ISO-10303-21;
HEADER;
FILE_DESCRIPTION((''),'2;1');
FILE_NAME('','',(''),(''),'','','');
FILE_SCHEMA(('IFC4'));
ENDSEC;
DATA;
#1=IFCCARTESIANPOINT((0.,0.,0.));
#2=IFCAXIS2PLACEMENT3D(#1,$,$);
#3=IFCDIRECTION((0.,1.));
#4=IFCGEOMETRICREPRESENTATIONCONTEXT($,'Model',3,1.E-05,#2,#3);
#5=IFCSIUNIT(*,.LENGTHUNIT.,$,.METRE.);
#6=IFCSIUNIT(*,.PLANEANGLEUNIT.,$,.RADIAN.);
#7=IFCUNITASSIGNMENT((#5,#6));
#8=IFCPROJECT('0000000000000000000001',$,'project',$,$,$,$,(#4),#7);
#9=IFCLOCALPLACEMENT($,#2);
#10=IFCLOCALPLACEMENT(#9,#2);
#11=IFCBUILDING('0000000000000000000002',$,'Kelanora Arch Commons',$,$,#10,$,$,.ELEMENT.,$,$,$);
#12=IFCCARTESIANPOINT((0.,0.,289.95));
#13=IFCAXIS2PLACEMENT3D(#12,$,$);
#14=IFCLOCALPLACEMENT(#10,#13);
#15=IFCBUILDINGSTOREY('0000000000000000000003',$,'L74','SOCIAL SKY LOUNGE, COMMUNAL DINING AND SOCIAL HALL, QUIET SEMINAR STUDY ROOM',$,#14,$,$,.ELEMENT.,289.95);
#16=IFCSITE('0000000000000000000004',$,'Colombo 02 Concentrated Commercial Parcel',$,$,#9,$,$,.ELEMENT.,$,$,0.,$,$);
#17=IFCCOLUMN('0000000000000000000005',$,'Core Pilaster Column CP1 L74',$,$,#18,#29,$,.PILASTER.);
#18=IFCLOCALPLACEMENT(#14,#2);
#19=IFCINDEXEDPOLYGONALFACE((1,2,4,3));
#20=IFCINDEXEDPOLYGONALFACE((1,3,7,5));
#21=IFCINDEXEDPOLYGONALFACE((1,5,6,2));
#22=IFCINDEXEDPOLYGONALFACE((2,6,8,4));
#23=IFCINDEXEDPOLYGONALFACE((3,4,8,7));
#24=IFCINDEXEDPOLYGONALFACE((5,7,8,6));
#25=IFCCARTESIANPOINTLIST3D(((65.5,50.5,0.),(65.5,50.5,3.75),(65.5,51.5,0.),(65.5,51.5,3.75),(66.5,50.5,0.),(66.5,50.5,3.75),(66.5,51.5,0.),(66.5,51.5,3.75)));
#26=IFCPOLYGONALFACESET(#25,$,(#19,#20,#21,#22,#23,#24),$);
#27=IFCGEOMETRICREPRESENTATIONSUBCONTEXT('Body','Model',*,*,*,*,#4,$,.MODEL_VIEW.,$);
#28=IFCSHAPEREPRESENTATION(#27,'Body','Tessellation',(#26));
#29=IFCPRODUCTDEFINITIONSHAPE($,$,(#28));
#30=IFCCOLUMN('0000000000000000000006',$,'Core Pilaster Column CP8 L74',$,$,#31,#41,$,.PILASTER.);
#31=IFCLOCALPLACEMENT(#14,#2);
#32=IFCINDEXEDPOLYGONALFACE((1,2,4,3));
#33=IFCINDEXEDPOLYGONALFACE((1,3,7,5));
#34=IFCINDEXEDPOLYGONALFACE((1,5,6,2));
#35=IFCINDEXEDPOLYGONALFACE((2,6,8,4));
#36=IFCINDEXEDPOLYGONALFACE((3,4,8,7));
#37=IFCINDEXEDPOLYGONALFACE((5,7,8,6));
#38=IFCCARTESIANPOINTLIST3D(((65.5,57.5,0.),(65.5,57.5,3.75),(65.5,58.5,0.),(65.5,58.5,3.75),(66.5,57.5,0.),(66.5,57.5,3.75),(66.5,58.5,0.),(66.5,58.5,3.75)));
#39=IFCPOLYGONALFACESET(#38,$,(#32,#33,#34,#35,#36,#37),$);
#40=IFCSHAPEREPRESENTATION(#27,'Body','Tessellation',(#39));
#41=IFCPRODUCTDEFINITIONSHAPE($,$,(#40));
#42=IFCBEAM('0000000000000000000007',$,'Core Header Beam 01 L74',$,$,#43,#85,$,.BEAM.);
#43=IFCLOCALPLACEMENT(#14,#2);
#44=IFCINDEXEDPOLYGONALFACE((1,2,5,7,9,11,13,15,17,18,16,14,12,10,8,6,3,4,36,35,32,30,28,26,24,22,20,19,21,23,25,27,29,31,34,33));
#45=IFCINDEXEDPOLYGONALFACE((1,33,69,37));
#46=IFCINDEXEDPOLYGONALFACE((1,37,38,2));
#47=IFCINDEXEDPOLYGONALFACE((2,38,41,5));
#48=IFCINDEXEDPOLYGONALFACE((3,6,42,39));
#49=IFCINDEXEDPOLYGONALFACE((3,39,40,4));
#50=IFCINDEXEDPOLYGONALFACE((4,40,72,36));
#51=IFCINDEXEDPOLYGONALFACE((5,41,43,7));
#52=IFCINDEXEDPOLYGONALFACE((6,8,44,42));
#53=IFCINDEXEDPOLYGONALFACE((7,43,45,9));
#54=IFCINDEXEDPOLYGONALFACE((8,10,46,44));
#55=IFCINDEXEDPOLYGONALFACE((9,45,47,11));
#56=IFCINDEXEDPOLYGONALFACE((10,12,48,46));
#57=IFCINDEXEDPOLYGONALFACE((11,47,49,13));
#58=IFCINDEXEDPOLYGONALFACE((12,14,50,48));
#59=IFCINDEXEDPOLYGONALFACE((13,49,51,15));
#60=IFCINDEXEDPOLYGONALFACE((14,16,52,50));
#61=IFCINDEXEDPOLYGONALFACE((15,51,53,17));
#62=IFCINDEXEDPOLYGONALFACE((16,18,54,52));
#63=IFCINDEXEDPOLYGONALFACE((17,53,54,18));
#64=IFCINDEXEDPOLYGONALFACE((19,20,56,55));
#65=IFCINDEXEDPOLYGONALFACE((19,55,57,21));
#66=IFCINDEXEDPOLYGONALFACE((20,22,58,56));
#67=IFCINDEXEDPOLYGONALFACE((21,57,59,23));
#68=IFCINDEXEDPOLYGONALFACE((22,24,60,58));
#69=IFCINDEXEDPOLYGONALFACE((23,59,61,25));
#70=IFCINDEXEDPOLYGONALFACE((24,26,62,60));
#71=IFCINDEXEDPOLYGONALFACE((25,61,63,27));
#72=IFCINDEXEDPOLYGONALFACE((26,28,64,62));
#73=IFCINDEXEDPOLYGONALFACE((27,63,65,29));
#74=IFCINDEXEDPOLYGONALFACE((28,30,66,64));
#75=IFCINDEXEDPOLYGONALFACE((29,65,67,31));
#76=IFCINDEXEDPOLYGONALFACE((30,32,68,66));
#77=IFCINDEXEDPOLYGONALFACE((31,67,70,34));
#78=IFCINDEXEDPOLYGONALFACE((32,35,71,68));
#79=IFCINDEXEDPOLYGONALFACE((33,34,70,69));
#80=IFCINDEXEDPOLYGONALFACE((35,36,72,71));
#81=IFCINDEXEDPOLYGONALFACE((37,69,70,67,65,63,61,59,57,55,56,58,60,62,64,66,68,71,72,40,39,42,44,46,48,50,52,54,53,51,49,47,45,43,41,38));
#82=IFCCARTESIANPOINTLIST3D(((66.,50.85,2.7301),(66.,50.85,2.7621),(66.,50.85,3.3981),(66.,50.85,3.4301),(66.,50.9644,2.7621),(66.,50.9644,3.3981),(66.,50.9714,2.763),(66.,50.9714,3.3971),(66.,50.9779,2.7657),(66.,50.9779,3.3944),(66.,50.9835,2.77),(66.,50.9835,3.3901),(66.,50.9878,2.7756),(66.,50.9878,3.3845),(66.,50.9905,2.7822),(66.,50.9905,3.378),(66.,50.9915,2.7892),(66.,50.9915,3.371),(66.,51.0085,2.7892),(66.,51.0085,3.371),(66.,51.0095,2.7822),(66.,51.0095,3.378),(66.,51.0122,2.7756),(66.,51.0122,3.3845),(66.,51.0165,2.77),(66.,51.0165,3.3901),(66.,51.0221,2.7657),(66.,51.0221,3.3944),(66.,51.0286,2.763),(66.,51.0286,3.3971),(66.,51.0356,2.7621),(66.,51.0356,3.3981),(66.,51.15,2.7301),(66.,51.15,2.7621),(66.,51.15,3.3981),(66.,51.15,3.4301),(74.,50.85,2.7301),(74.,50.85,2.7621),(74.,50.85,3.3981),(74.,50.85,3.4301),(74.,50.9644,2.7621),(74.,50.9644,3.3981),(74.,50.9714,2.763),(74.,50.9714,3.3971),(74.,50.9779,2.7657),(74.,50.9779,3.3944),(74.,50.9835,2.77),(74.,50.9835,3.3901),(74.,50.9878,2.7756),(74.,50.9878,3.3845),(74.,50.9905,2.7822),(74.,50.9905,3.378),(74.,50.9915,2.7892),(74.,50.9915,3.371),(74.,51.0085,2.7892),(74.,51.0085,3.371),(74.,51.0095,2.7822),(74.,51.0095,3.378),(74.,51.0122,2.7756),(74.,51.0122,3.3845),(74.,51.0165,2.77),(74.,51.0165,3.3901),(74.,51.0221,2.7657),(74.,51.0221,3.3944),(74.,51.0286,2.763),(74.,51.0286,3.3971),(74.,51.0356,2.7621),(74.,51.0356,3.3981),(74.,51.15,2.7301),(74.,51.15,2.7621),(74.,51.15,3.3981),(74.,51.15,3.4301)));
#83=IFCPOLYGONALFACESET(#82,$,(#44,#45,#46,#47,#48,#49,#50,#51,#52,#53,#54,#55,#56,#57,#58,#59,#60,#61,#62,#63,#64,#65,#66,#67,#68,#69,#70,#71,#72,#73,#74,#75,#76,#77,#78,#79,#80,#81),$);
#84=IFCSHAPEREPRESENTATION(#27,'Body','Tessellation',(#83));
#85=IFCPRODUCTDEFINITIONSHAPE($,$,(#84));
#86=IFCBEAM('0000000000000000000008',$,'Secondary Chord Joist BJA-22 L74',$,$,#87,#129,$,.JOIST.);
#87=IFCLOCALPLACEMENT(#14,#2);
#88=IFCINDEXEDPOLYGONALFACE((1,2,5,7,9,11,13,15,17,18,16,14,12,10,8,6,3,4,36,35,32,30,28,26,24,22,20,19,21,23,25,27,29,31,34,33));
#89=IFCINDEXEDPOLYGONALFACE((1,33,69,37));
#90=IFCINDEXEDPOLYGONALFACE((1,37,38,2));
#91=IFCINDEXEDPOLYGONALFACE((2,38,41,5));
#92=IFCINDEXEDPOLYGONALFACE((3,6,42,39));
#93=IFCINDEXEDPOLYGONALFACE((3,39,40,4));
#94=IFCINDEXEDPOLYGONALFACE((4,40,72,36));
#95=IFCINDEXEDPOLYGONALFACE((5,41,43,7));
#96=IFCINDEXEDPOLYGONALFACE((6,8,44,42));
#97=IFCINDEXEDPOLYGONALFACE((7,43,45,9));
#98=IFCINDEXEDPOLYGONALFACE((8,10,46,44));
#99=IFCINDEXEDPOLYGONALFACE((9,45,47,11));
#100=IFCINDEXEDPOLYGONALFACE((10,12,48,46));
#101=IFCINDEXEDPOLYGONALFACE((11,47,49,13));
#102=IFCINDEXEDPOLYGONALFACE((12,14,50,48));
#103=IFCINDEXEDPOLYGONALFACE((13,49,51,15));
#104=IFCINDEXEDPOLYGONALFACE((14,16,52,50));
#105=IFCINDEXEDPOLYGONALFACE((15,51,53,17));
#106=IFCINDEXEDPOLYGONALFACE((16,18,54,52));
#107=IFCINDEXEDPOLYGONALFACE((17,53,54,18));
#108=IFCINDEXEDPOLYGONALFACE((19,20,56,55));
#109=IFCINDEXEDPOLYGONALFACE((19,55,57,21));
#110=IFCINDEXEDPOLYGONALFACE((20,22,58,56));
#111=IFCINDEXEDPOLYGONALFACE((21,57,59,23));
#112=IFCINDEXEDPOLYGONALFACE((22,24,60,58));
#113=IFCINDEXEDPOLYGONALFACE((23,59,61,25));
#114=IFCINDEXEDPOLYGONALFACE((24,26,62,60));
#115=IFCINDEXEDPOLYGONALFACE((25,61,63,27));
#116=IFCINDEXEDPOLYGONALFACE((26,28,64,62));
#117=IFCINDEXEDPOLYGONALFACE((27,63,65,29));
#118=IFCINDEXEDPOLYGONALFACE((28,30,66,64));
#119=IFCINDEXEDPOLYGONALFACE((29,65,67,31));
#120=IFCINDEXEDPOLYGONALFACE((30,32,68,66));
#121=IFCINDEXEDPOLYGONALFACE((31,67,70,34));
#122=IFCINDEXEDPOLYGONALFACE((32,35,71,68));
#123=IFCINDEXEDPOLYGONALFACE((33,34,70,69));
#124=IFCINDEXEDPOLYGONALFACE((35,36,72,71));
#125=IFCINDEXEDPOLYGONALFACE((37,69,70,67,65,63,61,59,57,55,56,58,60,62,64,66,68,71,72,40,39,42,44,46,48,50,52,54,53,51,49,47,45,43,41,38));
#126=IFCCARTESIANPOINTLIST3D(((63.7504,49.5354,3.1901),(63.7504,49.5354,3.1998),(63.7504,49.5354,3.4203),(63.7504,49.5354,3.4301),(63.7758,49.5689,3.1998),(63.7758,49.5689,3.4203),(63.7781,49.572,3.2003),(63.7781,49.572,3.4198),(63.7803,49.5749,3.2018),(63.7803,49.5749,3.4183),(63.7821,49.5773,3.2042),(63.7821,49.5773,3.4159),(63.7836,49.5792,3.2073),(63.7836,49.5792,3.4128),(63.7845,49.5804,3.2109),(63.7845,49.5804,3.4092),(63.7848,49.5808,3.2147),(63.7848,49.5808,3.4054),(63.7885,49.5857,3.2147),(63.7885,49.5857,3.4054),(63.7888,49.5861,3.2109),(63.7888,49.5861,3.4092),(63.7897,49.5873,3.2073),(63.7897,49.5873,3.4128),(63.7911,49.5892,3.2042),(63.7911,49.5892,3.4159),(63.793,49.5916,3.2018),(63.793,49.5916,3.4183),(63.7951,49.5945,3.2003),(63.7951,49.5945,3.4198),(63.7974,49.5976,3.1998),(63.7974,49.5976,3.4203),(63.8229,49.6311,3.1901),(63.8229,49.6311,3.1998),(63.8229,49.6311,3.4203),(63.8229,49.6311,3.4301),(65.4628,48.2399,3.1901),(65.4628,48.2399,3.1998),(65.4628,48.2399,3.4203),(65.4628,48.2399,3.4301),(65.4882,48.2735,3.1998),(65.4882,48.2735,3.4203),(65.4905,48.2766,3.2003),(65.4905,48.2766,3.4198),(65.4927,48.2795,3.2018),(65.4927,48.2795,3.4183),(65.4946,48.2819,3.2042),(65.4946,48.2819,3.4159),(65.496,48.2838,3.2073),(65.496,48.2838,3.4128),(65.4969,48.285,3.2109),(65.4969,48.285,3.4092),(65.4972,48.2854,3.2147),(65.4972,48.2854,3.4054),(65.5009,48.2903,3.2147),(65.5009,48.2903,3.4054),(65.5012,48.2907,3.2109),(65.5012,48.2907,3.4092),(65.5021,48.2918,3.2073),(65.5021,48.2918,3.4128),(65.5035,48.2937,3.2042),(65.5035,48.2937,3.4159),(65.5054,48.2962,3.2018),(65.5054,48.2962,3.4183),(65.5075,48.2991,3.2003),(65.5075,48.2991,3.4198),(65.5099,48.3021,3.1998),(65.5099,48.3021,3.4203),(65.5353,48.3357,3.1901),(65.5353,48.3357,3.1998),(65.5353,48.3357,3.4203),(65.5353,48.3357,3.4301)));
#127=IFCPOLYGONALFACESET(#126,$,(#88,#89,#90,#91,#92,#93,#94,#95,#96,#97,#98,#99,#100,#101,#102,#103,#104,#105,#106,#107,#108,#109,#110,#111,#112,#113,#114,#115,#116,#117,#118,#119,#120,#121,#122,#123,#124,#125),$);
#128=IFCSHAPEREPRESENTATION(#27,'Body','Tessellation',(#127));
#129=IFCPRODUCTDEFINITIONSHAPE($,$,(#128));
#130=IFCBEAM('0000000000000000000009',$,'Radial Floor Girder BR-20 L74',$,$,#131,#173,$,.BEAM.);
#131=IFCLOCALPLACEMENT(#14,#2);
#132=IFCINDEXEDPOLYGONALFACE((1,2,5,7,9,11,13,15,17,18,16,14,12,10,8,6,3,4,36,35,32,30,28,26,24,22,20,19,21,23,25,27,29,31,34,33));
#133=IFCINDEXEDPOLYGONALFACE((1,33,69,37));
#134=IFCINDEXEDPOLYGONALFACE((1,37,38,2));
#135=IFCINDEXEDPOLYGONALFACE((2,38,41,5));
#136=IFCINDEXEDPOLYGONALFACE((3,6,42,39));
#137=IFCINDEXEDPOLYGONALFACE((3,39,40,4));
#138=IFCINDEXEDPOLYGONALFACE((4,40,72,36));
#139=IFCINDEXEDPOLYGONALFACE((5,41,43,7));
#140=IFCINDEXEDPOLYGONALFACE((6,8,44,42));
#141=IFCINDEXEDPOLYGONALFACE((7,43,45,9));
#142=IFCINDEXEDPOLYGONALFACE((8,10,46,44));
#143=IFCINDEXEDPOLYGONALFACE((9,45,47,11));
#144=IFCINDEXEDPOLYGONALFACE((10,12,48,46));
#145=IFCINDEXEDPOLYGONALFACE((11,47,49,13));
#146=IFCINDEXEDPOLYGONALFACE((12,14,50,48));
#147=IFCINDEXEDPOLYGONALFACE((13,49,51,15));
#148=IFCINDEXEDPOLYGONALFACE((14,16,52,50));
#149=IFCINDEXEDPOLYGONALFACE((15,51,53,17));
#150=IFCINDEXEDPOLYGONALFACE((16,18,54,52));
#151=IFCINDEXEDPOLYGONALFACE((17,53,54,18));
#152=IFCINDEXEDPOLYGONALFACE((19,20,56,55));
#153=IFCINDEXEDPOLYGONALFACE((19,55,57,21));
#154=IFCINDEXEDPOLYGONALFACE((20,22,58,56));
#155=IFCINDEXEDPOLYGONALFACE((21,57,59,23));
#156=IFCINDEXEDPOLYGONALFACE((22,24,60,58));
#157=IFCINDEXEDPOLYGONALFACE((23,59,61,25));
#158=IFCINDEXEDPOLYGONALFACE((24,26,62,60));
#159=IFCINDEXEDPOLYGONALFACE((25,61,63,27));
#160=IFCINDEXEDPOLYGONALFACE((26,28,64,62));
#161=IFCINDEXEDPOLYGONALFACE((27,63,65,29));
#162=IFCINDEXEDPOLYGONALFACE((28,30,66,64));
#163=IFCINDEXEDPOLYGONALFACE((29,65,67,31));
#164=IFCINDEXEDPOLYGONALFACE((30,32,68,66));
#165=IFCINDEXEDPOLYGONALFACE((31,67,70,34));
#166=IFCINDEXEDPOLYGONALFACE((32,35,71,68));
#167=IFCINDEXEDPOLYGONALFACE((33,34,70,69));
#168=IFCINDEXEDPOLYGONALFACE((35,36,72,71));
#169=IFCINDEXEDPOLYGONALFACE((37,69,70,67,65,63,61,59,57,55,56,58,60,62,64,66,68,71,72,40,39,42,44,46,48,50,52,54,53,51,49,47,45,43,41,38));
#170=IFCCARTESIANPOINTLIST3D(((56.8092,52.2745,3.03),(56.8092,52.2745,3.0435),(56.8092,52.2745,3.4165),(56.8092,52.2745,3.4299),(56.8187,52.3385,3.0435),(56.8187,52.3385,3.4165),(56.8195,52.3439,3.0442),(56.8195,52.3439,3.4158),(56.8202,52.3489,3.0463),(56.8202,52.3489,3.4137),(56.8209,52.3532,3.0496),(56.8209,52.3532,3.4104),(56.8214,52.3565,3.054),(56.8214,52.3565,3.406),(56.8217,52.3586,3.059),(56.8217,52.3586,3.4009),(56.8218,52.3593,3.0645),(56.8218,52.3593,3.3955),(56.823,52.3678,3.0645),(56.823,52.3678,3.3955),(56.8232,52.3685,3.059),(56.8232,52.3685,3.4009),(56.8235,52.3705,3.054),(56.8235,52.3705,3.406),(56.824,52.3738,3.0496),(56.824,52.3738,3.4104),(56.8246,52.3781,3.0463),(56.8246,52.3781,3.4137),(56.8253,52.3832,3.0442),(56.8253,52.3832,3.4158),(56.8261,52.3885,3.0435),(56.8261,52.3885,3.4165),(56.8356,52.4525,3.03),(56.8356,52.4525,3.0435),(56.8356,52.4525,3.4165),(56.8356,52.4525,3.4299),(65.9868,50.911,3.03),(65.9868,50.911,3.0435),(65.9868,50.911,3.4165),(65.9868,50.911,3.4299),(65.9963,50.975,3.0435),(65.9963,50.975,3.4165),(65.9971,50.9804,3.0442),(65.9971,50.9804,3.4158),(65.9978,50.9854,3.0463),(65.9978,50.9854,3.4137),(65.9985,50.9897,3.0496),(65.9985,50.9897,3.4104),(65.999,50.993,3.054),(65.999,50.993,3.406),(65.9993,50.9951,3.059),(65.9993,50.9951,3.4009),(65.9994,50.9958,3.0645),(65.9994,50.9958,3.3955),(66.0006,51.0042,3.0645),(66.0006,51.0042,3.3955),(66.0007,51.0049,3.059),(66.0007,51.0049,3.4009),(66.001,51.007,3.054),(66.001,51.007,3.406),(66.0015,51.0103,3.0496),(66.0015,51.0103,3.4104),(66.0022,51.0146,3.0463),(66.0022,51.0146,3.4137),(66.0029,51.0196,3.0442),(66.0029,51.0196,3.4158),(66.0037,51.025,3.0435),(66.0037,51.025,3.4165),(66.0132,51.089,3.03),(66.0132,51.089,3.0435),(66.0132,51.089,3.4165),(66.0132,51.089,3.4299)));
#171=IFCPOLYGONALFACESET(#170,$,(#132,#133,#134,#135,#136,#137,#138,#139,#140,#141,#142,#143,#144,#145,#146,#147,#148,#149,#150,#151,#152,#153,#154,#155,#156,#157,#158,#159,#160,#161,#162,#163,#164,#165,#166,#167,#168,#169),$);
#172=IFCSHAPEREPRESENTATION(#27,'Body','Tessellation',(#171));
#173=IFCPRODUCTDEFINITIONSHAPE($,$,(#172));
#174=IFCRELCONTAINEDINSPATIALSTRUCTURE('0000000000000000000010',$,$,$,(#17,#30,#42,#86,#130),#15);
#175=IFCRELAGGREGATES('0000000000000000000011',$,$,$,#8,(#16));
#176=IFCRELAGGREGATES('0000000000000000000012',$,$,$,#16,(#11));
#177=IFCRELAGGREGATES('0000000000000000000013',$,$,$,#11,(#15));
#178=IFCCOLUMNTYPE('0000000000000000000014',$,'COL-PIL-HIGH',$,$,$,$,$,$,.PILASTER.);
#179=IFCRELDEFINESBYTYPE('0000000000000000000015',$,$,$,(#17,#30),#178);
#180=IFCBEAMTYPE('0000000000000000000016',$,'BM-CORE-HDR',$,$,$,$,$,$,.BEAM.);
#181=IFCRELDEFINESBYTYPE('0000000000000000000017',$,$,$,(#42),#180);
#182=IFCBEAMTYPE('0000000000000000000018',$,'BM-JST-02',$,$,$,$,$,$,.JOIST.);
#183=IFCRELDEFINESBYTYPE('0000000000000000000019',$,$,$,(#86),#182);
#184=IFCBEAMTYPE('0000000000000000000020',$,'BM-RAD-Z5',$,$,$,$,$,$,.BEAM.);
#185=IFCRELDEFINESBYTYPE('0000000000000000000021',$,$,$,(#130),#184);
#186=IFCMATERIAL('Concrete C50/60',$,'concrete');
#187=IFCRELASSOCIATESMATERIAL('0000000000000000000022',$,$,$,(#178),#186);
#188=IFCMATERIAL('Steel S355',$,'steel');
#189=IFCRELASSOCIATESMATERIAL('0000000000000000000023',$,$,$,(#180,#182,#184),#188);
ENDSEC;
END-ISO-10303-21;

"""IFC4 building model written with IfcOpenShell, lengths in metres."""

from ifc_helpers import new_model, si_unit, direction, frame, origin, origin_2d, place, context, subcontext, project, spatial, rectangle, i_section, extrude, material, material_profile, profile_set, type_object, element, save


model = new_model("IFC4")

# Units and contexts
model_context = context("Model", 3, precision=1e-05, world=origin(), true_north=direction((0.0, 1.0)))
body_context = subcontext(model_context, "Body", "Model", "MODEL_VIEW")
ifc_project = project(units=[si_unit("LENGTHUNIT", "METRE"), si_unit("PLANEANGLEUNIT", "RADIAN")], contexts=[model_context])

# Site, building, storey
site_placement = place(None, origin())
site = spatial("IfcSite", under=ifc_project, at=site_placement, Name="Colombo 02 Concentrated Commercial Parcel", CompositionType="ELEMENT", RefElevation=0.0)
building_placement = place(site_placement, origin())
building = spatial("IfcBuilding", under=site, at=building_placement, Name="Kelanora Arch Commons", CompositionType="ELEMENT")
storey_placement = place(building_placement, frame((0.0, 0.0, 289.95)))
storey = spatial("IfcBuildingStorey", under=building, at=storey_placement, Name="L74", Description="SOCIAL SKY LOUNGE, COMMUNAL DINING AND SOCIAL HALL, QUIET SEMINAR STUDY ROOM", CompositionType="ELEMENT", Elevation=289.95)

# Columns
ifc_material_1 = material(Name="Concrete C50/60", Category="concrete")
ifc_material_profile_1 = material_profile(ifc_material_1, rectangle(XDim=1.0, YDim=1.0, at=origin_2d()), Name="RC1000x1000")
ifc_profile_set_1 = profile_set([ifc_material_profile_1], Name="Concrete C50/60")
column_type = type_object("IfcColumnType", Name="COL-PIL-HIGH", PredefinedType="PILASTER", material=ifc_profile_set_1)
for number, where, z_axis, x_axis, name in (
    (1, (66.0, 51.0, 0.0), (0.0, 0.0, 1.0), (1.0, 0.0, 0.0), "Core Pilaster Column CP1 L74"),
    (2, (66.0, 58.0, 0.0), (0.0, 0.0, 1.0), (1.0, 0.0, 0.0), "Core Pilaster Column CP8 L74"),
):
    element("IfcColumn", number, at=place(storey_placement, frame(where, z_axis=z_axis, x_axis=x_axis)), inside=storey, type_object=column_type, Name=name, PredefinedType="PILASTER", context=body_context, shape_type="SweptSolid", body=[
        extrude(rectangle(XDim=1.0, YDim=1.0, at=origin_2d()), origin(), (0.0, 0.0, 1.0), 3.75),
    ])

# Beams
ifc_material_2 = material(Name="Steel S355", Category="steel")
ifc_material_profile_2 = material_profile(ifc_material_2, i_section(OverallWidth=0.3, OverallDepth=0.7, WebThickness=0.0171, FlangeThickness=0.032, FilletRadius=0.0271, at=origin_2d()), Name="HEB700")
ifc_profile_set_2 = profile_set([ifc_material_profile_2], Name="Steel S355")
beam_type_1 = type_object("IfcBeamType", Name="BM-CORE-HDR", PredefinedType="BEAM", material=ifc_profile_set_2)
beam_1_placement = place(storey_placement, frame((66.0, 51.0, 3.0801), z_axis=(1.0, 0.0, 0.0), x_axis=(0.0, 1.0, 0.0)))
element("IfcBeam", 3, at=beam_1_placement, inside=storey, type_object=beam_type_1, Name="Core Header Beam 01 L74", PredefinedType="BEAM", context=body_context, shape_type="SweptSolid", body=[
    extrude(i_section(OverallWidth=0.3, OverallDepth=0.7, WebThickness=0.0171, FlangeThickness=0.032, FilletRadius=0.0271, at=origin_2d()), origin(), (0.0, 0.0, 1.0), 8.0),
])
ifc_material_profile_3 = material_profile(ifc_material_2, i_section(OverallWidth=0.1201, OverallDepth=0.24, WebThickness=0.0061, FlangeThickness=0.0098, FilletRadius=0.0149, at=origin_2d()), Name="IPE240")
ifc_profile_set_3 = profile_set([ifc_material_profile_3], Name="Steel S355")
beam_type_2 = type_object("IfcBeamType", Name="BM-JST-02", PredefinedType="JOIST", material=ifc_profile_set_3)
beam_2_placement = place(storey_placement, frame((63.7866, 49.5833, 3.3101), z_axis=(0.79751, -0.603306, 0.0), x_axis=(0.603306, 0.79751, 0.0)))
element("IfcBeam", 4, at=beam_2_placement, inside=storey, type_object=beam_type_2, Name="Secondary Chord Joist BJA-22 L74", PredefinedType="JOIST", context=body_context, shape_type="SweptSolid", body=[
    extrude(i_section(OverallWidth=0.1201, OverallDepth=0.24, WebThickness=0.0061, FlangeThickness=0.0098, FilletRadius=0.0149, at=origin_2d()), origin(), (0.0, 0.0, 1.0), 2.1472),
])
ifc_material_profile_4 = material_profile(ifc_material_2, i_section(OverallWidth=0.1799, OverallDepth=0.3999, WebThickness=0.0085, FlangeThickness=0.0134, FilletRadius=0.021, at=origin_2d()), Name="IPE400")
ifc_profile_set_4 = profile_set([ifc_material_profile_4], Name="Steel S355")
beam_type_3 = type_object("IfcBeamType", Name="BM-RAD-Z5", PredefinedType="BEAM", material=ifc_profile_set_4)
beam_3_placement = place(storey_placement, frame((66.0, 51.0, 3.23), z_axis=(-0.989142, 0.14696, 0.0), x_axis=(-0.14696, -0.989142, 0.0)))
element("IfcBeam", 5, at=beam_3_placement, inside=storey, type_object=beam_type_3, Name="Radial Floor Girder BR-20 L74", PredefinedType="BEAM", context=body_context, shape_type="SweptSolid", body=[
    extrude(i_section(OverallWidth=0.1799, OverallDepth=0.3999, WebThickness=0.0085, FlangeThickness=0.0134, FilletRadius=0.021, at=origin_2d()), origin(), (0.0, 0.0, 1.0), 9.2783),
])

save(model, "model.ifc")
